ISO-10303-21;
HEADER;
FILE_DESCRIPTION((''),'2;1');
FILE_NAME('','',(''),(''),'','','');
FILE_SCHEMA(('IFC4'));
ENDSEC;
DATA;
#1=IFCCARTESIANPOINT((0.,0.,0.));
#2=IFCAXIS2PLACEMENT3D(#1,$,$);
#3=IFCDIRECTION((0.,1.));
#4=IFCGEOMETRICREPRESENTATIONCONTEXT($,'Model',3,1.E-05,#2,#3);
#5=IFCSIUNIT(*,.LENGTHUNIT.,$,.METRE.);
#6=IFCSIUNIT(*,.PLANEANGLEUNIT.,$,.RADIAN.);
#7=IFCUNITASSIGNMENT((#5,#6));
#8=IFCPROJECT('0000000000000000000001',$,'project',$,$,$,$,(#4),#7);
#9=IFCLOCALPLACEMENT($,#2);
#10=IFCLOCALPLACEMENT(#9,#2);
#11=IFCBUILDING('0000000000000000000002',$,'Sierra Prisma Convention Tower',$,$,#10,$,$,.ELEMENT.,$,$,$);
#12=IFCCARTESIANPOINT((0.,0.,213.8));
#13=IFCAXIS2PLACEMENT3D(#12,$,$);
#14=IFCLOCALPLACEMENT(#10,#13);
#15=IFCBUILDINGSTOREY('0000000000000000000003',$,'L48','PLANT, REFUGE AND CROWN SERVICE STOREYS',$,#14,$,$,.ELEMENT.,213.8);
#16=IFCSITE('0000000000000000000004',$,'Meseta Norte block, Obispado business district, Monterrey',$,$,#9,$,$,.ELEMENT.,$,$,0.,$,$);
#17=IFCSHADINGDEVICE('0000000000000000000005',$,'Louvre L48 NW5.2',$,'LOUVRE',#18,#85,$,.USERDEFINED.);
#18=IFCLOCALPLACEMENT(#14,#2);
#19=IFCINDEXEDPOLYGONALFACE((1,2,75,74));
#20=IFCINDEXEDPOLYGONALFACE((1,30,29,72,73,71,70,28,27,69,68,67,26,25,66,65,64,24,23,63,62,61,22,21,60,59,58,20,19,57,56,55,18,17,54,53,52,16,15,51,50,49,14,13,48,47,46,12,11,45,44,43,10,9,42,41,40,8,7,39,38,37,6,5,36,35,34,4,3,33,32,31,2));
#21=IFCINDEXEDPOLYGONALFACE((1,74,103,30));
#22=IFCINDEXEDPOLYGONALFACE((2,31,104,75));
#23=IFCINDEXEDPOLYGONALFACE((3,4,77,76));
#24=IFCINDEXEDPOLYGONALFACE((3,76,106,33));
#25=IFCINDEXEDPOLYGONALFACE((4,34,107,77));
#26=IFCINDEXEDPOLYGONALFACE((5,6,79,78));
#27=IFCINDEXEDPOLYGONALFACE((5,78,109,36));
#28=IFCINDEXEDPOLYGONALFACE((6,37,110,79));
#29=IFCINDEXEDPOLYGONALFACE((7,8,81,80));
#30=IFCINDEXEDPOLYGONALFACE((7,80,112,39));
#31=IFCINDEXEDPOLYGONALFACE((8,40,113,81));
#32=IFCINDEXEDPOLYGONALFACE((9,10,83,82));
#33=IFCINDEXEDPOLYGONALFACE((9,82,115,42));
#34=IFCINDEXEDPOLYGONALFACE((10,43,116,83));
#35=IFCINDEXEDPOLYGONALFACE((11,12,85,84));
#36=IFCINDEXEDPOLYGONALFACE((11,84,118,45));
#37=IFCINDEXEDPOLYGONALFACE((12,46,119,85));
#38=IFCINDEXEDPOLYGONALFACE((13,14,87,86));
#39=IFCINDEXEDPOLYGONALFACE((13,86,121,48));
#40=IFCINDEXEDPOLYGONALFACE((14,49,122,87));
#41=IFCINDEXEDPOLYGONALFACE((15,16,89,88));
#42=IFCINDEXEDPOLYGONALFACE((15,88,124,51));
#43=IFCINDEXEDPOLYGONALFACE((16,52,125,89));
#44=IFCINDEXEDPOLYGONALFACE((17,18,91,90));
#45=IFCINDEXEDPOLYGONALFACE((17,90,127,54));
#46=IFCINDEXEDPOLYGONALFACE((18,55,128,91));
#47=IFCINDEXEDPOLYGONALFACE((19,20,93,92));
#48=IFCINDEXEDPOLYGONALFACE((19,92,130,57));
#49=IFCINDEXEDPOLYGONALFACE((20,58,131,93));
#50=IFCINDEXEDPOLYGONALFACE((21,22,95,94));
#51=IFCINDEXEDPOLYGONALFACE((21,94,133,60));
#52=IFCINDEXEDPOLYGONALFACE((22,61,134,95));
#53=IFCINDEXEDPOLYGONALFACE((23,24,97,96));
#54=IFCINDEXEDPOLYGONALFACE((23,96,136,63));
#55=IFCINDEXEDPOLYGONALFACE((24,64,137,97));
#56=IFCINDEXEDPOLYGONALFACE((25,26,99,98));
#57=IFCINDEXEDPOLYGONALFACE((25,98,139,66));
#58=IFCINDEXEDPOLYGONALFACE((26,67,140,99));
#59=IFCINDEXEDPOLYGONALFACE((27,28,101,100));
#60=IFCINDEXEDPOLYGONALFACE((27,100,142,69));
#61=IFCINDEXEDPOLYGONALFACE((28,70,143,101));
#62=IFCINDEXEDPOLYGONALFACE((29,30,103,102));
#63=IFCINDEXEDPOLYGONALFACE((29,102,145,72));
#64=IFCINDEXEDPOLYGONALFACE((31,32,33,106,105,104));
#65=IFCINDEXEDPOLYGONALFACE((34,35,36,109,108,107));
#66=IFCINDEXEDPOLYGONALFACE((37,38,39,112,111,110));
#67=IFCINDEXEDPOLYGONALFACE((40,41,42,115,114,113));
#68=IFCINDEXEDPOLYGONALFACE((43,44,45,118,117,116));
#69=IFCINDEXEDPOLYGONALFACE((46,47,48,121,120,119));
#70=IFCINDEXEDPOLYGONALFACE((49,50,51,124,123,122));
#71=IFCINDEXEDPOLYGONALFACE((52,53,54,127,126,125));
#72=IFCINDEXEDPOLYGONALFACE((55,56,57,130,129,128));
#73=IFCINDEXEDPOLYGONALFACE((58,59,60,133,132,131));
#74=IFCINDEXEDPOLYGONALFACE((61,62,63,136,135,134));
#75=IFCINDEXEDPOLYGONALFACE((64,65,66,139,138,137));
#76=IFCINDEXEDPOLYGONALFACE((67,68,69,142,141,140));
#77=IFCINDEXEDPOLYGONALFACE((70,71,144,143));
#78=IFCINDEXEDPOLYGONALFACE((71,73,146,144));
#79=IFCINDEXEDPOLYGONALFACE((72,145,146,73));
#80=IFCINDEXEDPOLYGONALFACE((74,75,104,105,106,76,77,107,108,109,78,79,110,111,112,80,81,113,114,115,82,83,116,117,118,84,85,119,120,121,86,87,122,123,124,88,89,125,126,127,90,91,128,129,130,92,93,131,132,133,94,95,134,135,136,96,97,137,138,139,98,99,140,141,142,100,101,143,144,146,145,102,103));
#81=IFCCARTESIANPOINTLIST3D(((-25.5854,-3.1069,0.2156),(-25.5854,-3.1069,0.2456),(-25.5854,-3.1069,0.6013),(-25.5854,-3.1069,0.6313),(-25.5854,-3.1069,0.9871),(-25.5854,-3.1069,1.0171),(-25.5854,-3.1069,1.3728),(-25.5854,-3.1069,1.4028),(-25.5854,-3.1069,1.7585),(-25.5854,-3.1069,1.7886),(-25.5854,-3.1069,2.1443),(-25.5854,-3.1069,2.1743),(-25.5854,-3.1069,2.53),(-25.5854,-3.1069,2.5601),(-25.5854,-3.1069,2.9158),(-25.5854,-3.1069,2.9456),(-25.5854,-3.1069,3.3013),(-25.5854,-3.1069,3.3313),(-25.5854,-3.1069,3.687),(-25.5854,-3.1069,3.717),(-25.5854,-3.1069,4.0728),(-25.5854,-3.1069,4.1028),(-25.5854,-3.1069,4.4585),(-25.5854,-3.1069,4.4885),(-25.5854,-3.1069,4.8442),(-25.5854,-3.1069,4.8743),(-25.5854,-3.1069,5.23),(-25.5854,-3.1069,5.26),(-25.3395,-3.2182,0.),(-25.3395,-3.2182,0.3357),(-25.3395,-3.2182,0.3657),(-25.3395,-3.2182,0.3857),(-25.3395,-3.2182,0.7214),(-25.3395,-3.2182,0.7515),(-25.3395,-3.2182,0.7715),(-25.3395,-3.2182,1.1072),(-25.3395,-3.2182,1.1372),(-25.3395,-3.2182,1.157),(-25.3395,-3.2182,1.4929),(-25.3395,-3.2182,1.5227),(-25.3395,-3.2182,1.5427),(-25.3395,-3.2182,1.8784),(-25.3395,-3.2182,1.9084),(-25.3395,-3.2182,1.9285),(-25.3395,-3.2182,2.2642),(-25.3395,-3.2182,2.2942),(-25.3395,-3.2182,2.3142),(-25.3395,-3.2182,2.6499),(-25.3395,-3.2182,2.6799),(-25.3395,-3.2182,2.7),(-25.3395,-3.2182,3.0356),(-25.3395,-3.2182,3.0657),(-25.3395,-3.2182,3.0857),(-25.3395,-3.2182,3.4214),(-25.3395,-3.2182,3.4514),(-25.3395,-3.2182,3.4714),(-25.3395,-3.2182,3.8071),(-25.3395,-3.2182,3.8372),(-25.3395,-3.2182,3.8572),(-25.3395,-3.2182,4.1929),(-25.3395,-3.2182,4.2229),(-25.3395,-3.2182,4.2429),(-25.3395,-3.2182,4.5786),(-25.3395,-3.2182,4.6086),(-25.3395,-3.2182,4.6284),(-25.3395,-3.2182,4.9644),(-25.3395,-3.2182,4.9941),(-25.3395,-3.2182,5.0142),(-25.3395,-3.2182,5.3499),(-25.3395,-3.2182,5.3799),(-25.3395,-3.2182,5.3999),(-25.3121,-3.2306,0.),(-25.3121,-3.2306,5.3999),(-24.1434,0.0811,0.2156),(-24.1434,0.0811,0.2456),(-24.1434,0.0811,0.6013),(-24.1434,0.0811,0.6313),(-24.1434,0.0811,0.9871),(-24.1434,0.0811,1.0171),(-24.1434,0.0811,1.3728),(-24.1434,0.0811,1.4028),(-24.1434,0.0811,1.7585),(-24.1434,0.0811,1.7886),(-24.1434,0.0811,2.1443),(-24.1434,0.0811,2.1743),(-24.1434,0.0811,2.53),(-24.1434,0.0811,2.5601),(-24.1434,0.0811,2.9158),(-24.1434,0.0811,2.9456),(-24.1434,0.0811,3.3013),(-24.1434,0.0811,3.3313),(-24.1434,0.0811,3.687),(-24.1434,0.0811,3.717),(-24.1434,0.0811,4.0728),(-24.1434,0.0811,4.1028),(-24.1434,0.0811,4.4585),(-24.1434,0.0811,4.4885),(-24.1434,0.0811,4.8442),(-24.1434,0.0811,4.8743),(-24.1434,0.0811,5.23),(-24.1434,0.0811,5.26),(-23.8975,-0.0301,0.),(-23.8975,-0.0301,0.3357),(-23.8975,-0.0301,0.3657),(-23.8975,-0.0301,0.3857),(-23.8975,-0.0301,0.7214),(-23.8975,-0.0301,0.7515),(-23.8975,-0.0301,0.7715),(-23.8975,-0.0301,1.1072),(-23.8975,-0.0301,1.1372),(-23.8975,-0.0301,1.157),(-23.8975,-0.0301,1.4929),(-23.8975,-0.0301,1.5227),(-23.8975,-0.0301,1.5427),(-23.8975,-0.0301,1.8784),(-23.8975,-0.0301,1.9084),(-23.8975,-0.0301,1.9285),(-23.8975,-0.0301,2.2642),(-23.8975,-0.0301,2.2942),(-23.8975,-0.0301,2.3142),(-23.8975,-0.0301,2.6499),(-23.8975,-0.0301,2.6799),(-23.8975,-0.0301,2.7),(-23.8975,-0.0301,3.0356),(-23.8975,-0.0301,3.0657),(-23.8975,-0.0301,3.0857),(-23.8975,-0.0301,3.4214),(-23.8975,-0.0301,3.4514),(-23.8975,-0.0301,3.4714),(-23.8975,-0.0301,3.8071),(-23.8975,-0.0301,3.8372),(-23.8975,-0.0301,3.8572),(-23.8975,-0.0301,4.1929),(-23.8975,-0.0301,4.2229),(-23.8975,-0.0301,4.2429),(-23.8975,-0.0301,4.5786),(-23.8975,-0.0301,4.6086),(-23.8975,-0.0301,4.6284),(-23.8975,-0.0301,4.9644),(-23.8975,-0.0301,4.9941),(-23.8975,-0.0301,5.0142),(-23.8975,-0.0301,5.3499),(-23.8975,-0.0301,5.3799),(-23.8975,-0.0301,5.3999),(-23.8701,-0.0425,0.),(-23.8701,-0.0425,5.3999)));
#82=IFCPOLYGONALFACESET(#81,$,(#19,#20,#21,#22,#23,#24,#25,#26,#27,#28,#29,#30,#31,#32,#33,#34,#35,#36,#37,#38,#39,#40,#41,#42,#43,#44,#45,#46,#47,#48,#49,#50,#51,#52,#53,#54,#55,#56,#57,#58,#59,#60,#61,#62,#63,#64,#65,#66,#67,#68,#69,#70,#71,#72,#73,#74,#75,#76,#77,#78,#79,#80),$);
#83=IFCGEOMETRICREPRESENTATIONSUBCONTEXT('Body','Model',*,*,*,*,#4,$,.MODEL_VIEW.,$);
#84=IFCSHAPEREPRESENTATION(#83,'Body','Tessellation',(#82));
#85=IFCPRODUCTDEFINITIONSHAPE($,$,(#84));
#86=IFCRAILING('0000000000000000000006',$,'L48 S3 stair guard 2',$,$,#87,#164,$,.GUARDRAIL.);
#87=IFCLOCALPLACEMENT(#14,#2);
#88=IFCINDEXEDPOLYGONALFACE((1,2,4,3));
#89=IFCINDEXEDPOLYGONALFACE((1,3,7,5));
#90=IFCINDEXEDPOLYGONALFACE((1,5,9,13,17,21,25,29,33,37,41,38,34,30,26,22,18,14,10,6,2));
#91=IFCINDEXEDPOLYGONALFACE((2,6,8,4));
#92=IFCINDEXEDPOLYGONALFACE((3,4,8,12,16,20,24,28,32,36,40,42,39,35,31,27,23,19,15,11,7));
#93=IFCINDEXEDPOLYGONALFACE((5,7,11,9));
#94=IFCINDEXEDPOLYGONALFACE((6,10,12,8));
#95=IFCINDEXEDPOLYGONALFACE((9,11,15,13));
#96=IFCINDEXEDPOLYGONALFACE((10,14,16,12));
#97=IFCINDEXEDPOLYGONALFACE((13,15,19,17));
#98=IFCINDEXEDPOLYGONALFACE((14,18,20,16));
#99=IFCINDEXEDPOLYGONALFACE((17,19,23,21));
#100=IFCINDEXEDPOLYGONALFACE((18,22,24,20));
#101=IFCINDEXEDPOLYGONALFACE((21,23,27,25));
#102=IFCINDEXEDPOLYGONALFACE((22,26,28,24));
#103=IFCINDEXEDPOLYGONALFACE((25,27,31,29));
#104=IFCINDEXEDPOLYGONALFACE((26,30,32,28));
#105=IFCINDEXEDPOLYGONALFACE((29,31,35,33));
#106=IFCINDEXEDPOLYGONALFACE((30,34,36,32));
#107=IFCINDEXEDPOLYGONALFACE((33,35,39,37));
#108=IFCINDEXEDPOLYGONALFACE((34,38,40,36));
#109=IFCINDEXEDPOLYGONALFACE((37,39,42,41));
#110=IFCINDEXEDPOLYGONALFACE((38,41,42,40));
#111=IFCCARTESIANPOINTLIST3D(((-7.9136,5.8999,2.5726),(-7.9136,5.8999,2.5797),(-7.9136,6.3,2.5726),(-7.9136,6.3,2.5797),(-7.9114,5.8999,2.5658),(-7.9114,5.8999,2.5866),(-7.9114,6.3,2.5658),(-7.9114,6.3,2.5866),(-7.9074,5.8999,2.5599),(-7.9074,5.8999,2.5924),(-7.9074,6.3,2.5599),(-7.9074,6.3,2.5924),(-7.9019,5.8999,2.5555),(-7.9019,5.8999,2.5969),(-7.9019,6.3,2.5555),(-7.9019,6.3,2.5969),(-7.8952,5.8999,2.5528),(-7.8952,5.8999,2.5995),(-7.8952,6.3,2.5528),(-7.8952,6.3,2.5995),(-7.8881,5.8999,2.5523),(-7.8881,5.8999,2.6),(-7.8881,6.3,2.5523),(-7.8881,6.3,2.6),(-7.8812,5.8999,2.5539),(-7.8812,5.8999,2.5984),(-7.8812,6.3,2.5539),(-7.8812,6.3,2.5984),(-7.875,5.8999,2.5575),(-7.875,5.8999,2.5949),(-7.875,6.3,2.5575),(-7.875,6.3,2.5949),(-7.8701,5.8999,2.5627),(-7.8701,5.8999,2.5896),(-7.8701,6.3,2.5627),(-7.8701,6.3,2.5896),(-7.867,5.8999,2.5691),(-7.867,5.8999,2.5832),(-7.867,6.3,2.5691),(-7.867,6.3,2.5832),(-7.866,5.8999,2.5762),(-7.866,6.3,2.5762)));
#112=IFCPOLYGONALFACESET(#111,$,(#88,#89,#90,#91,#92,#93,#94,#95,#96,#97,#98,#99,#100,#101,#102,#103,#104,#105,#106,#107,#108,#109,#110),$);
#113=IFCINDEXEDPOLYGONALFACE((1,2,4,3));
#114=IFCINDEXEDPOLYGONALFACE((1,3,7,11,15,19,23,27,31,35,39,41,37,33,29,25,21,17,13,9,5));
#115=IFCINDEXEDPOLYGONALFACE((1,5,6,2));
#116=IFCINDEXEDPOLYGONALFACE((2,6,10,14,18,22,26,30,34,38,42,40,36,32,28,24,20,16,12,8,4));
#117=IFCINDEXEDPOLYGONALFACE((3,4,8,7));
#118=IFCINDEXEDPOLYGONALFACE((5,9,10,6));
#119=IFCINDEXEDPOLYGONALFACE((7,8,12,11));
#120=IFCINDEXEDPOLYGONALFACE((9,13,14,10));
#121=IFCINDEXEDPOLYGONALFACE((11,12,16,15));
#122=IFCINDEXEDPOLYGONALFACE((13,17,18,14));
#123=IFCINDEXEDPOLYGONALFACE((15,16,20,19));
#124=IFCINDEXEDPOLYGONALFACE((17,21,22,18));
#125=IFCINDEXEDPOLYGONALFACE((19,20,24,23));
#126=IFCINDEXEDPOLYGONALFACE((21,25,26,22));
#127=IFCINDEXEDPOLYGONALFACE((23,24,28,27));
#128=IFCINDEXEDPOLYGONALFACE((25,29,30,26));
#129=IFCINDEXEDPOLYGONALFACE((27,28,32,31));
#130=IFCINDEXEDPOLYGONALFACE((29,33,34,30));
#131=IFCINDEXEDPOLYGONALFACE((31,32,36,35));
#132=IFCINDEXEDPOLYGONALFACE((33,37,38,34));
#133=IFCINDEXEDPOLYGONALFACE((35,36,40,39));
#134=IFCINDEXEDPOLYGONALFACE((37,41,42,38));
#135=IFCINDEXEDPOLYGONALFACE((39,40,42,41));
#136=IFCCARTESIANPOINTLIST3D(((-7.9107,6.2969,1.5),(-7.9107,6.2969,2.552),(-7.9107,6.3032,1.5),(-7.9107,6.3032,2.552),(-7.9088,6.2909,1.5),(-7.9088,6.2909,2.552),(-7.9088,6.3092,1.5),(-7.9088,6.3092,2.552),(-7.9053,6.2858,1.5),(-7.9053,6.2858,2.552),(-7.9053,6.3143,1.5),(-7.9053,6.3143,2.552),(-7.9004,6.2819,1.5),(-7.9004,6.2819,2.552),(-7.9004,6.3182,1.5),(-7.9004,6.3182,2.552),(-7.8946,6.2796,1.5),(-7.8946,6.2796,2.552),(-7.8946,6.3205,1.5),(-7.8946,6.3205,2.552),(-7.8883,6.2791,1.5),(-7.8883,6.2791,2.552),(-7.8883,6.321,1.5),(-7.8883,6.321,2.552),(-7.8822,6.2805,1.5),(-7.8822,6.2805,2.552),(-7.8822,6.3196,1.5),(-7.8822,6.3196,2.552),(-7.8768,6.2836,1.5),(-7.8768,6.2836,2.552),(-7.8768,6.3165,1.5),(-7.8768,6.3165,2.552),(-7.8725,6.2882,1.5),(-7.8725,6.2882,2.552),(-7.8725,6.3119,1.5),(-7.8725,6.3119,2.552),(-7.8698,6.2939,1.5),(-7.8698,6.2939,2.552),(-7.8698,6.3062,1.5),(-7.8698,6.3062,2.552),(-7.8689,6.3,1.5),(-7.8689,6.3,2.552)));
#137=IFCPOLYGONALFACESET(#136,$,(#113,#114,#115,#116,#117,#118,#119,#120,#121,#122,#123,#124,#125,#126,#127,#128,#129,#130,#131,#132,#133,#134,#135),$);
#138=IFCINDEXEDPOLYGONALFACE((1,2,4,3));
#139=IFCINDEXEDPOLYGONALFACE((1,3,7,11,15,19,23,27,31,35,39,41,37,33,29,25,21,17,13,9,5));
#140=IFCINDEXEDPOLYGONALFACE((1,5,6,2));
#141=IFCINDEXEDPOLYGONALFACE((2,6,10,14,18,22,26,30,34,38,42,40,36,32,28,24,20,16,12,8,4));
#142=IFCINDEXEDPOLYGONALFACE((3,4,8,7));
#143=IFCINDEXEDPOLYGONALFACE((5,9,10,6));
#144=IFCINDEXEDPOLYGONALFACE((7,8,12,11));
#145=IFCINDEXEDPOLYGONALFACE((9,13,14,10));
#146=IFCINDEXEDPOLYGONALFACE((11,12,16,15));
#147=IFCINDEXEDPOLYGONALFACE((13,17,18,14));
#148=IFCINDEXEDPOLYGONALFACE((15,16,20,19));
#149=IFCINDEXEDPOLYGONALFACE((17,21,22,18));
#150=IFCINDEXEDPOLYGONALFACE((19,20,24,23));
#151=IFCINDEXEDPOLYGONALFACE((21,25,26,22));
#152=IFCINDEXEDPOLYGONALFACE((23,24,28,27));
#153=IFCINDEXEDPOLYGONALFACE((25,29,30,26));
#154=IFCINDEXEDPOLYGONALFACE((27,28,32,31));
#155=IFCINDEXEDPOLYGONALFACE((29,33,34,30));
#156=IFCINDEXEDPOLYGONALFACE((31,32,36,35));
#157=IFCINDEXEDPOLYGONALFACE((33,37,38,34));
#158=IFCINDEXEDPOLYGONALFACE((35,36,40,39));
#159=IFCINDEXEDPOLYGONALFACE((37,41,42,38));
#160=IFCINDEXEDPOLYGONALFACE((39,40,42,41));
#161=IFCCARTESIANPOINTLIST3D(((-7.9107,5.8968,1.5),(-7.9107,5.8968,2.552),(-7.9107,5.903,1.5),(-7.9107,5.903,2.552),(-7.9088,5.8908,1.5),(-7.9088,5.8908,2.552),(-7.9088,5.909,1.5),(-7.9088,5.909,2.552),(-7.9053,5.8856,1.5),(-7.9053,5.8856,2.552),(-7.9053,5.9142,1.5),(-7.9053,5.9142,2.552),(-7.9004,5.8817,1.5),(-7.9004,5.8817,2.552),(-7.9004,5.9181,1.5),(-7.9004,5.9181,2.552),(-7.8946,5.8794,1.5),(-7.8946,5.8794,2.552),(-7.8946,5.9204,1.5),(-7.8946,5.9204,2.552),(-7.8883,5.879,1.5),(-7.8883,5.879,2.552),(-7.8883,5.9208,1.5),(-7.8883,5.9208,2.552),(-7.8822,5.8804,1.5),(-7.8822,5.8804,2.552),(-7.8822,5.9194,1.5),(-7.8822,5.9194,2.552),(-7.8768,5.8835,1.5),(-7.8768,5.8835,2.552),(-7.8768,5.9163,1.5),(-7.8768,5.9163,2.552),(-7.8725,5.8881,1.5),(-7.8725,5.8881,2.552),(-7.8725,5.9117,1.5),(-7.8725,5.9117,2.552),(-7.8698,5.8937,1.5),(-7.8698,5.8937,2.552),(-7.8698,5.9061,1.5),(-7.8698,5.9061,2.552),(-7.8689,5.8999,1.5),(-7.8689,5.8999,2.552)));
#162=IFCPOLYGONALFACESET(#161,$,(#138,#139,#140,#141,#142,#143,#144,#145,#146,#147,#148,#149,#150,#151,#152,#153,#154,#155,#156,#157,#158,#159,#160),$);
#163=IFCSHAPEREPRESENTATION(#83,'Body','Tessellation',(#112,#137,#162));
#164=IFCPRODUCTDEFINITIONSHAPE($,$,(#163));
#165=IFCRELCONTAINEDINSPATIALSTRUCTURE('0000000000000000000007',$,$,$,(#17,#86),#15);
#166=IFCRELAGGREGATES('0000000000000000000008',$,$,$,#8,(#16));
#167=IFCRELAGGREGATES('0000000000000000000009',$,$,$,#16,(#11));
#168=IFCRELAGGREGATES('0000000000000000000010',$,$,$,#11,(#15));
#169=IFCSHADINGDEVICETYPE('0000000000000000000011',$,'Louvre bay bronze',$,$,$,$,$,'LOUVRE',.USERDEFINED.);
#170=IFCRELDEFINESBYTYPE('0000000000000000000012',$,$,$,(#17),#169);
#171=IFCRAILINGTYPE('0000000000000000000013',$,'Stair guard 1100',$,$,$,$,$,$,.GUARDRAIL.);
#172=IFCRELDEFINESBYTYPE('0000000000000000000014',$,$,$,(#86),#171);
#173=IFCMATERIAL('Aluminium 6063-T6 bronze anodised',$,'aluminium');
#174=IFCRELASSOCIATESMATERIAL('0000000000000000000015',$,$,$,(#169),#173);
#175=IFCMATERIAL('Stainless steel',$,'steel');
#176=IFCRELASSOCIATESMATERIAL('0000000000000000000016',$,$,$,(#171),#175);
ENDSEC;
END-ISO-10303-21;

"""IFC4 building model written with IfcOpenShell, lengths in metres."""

from ifc_helpers import new_model, si_unit, direction, frame, origin, origin_2d, place, context, subcontext, project, spatial, polyline, circle, outline, extrude, material, type_object, element, save


model = new_model("IFC4")

# Units and contexts
model_context = context("Model", 3, precision=1e-05, world=origin(), true_north=direction((0.0, 1.0)))
body_context = subcontext(model_context, "Body", "Model", "MODEL_VIEW")
ifc_project = project(units=[si_unit("LENGTHUNIT", "METRE"), si_unit("PLANEANGLEUNIT", "RADIAN")], contexts=[model_context])

# Site, building, storey
site_placement = place(None, origin())
site = spatial("IfcSite", under=ifc_project, at=site_placement, Name="Meseta Norte block, Obispado business district, Monterrey", CompositionType="ELEMENT", RefElevation=0.0)
building_placement = place(site_placement, origin())
building = spatial("IfcBuilding", under=site, at=building_placement, Name="Sierra Prisma Convention Tower", CompositionType="ELEMENT")
storey_placement = place(building_placement, frame((0.0, 0.0, 213.8)))
storey = spatial("IfcBuildingStorey", under=building, at=storey_placement, Name="L48", Description="PLANT, REFUGE AND CROWN SERVICE STOREYS", CompositionType="ELEMENT", Elevation=213.8)

# Shading device
ifc_material_1 = material(Name="Aluminium 6063-T6 bronze anodised", Category="aluminium")
shading_device_type = type_object("IfcShadingDeviceType", Name="Louvre bay bronze", ElementType="LOUVRE", PredefinedType="USERDEFINED", material=ifc_material_1)
shading_device_1_placement = place(storey_placement, frame((-23.8701, -0.0425, 0.0), z_axis=(0.412116, 0.911131, 0.0), x_axis=(0.0, 0.0, 1.0)))
element("IfcShadingDevice", 1, at=shading_device_1_placement, inside=storey, type_object=shading_device_type, Name="Louvre L48 NW5.2", ObjectType="LOUVRE", PredefinedType="USERDEFINED", context=body_context, shape_type="SweptSolid", body=[
    extrude(outline(polyline([(0.0, 0.0), (5.3999, 0.0), (5.3999, -0.03), (5.3799, -0.03), (5.26, -0.3), (5.23, -0.3), (5.3499, -0.03), (5.0142, -0.03), (4.9941, -0.03), (4.8743, -0.3), (4.8442, -0.3), (4.9644, -0.03), (4.6284, -0.03), (4.6086, -0.03), (4.4885, -0.3), (4.4585, -0.3), (4.5786, -0.03), (4.2429, -0.03), (4.2229, -0.03), (4.1028, -0.3), (4.0728, -0.3), (4.1929, -0.03), (3.8572, -0.03), (3.8372, -0.03), (3.717, -0.3), (3.687, -0.3), (3.8071, -0.03), (3.4714, -0.03), (3.4514, -0.03), (3.3313, -0.3), (3.3013, -0.3), (3.4214, -0.03), (3.0857, -0.03), (3.0657, -0.03), (2.9456, -0.3), (2.9158, -0.3), (3.0356, -0.03), (2.7, -0.03), (2.6799, -0.03), (2.5601, -0.3), (2.53, -0.3), (2.6499, -0.03), (2.3142, -0.03), (2.2942, -0.03), (2.1743, -0.3), (2.1443, -0.3), (2.2642, -0.03), (1.9285, -0.03), (1.9084, -0.03), (1.7886, -0.3), (1.7585, -0.3), (1.8784, -0.03), (1.5427, -0.03), (1.5227, -0.03), (1.4028, -0.3), (1.3728, -0.3), (1.4929, -0.03), (1.157, -0.03), (1.1372, -0.03), (1.0171, -0.3), (0.9871, -0.3), (1.1072, -0.03), (0.7715, -0.03), (0.7515, -0.03), (0.6313, -0.3), (0.6013, -0.3), (0.7214, -0.03), (0.3857, -0.03), (0.3657, -0.03), (0.2456, -0.3), (0.2156, -0.3), (0.3357, -0.03), (0.0, -0.03), (0.0, 0.0)])), origin(), (0.0, 0.0, -1.0), 3.499),
])

# Railing
ifc_material_2 = material(Name="Stainless steel", Category="steel")
railing_type_1 = type_object("IfcRailingType", Name="Stair guard 1100", PredefinedType="GUARDRAIL", material=ifc_material_2)
railing_1_placement = place(storey_placement, frame((-7.8899, 6.3, 1.5)))
element("IfcRailing", 2, at=railing_1_placement, inside=storey, type_object=railing_type_1, Name="L48 S3 stair guard 2", PredefinedType="GUARDRAIL", context=body_context, shape_type="SweptSolid", body=[
    extrude(circle(Radius=0.0239, at=origin_2d()), frame((0.0, 0.0, 1.0762), z_axis=(0.0, -1.0, 0.0), x_axis=(1.0, 0.0, 0.0)), (0.0, 0.0, 1.0), 0.4001),
    extrude(circle(Radius=0.021, at=origin_2d()), origin(), (0.0, 0.0, 1.0), 1.052),
    extrude(circle(Radius=0.021, at=origin_2d()), frame((0.0, -0.4001, 0.0)), (0.0, 0.0, 1.0), 1.052),
])

save(model, "model.ifc")
